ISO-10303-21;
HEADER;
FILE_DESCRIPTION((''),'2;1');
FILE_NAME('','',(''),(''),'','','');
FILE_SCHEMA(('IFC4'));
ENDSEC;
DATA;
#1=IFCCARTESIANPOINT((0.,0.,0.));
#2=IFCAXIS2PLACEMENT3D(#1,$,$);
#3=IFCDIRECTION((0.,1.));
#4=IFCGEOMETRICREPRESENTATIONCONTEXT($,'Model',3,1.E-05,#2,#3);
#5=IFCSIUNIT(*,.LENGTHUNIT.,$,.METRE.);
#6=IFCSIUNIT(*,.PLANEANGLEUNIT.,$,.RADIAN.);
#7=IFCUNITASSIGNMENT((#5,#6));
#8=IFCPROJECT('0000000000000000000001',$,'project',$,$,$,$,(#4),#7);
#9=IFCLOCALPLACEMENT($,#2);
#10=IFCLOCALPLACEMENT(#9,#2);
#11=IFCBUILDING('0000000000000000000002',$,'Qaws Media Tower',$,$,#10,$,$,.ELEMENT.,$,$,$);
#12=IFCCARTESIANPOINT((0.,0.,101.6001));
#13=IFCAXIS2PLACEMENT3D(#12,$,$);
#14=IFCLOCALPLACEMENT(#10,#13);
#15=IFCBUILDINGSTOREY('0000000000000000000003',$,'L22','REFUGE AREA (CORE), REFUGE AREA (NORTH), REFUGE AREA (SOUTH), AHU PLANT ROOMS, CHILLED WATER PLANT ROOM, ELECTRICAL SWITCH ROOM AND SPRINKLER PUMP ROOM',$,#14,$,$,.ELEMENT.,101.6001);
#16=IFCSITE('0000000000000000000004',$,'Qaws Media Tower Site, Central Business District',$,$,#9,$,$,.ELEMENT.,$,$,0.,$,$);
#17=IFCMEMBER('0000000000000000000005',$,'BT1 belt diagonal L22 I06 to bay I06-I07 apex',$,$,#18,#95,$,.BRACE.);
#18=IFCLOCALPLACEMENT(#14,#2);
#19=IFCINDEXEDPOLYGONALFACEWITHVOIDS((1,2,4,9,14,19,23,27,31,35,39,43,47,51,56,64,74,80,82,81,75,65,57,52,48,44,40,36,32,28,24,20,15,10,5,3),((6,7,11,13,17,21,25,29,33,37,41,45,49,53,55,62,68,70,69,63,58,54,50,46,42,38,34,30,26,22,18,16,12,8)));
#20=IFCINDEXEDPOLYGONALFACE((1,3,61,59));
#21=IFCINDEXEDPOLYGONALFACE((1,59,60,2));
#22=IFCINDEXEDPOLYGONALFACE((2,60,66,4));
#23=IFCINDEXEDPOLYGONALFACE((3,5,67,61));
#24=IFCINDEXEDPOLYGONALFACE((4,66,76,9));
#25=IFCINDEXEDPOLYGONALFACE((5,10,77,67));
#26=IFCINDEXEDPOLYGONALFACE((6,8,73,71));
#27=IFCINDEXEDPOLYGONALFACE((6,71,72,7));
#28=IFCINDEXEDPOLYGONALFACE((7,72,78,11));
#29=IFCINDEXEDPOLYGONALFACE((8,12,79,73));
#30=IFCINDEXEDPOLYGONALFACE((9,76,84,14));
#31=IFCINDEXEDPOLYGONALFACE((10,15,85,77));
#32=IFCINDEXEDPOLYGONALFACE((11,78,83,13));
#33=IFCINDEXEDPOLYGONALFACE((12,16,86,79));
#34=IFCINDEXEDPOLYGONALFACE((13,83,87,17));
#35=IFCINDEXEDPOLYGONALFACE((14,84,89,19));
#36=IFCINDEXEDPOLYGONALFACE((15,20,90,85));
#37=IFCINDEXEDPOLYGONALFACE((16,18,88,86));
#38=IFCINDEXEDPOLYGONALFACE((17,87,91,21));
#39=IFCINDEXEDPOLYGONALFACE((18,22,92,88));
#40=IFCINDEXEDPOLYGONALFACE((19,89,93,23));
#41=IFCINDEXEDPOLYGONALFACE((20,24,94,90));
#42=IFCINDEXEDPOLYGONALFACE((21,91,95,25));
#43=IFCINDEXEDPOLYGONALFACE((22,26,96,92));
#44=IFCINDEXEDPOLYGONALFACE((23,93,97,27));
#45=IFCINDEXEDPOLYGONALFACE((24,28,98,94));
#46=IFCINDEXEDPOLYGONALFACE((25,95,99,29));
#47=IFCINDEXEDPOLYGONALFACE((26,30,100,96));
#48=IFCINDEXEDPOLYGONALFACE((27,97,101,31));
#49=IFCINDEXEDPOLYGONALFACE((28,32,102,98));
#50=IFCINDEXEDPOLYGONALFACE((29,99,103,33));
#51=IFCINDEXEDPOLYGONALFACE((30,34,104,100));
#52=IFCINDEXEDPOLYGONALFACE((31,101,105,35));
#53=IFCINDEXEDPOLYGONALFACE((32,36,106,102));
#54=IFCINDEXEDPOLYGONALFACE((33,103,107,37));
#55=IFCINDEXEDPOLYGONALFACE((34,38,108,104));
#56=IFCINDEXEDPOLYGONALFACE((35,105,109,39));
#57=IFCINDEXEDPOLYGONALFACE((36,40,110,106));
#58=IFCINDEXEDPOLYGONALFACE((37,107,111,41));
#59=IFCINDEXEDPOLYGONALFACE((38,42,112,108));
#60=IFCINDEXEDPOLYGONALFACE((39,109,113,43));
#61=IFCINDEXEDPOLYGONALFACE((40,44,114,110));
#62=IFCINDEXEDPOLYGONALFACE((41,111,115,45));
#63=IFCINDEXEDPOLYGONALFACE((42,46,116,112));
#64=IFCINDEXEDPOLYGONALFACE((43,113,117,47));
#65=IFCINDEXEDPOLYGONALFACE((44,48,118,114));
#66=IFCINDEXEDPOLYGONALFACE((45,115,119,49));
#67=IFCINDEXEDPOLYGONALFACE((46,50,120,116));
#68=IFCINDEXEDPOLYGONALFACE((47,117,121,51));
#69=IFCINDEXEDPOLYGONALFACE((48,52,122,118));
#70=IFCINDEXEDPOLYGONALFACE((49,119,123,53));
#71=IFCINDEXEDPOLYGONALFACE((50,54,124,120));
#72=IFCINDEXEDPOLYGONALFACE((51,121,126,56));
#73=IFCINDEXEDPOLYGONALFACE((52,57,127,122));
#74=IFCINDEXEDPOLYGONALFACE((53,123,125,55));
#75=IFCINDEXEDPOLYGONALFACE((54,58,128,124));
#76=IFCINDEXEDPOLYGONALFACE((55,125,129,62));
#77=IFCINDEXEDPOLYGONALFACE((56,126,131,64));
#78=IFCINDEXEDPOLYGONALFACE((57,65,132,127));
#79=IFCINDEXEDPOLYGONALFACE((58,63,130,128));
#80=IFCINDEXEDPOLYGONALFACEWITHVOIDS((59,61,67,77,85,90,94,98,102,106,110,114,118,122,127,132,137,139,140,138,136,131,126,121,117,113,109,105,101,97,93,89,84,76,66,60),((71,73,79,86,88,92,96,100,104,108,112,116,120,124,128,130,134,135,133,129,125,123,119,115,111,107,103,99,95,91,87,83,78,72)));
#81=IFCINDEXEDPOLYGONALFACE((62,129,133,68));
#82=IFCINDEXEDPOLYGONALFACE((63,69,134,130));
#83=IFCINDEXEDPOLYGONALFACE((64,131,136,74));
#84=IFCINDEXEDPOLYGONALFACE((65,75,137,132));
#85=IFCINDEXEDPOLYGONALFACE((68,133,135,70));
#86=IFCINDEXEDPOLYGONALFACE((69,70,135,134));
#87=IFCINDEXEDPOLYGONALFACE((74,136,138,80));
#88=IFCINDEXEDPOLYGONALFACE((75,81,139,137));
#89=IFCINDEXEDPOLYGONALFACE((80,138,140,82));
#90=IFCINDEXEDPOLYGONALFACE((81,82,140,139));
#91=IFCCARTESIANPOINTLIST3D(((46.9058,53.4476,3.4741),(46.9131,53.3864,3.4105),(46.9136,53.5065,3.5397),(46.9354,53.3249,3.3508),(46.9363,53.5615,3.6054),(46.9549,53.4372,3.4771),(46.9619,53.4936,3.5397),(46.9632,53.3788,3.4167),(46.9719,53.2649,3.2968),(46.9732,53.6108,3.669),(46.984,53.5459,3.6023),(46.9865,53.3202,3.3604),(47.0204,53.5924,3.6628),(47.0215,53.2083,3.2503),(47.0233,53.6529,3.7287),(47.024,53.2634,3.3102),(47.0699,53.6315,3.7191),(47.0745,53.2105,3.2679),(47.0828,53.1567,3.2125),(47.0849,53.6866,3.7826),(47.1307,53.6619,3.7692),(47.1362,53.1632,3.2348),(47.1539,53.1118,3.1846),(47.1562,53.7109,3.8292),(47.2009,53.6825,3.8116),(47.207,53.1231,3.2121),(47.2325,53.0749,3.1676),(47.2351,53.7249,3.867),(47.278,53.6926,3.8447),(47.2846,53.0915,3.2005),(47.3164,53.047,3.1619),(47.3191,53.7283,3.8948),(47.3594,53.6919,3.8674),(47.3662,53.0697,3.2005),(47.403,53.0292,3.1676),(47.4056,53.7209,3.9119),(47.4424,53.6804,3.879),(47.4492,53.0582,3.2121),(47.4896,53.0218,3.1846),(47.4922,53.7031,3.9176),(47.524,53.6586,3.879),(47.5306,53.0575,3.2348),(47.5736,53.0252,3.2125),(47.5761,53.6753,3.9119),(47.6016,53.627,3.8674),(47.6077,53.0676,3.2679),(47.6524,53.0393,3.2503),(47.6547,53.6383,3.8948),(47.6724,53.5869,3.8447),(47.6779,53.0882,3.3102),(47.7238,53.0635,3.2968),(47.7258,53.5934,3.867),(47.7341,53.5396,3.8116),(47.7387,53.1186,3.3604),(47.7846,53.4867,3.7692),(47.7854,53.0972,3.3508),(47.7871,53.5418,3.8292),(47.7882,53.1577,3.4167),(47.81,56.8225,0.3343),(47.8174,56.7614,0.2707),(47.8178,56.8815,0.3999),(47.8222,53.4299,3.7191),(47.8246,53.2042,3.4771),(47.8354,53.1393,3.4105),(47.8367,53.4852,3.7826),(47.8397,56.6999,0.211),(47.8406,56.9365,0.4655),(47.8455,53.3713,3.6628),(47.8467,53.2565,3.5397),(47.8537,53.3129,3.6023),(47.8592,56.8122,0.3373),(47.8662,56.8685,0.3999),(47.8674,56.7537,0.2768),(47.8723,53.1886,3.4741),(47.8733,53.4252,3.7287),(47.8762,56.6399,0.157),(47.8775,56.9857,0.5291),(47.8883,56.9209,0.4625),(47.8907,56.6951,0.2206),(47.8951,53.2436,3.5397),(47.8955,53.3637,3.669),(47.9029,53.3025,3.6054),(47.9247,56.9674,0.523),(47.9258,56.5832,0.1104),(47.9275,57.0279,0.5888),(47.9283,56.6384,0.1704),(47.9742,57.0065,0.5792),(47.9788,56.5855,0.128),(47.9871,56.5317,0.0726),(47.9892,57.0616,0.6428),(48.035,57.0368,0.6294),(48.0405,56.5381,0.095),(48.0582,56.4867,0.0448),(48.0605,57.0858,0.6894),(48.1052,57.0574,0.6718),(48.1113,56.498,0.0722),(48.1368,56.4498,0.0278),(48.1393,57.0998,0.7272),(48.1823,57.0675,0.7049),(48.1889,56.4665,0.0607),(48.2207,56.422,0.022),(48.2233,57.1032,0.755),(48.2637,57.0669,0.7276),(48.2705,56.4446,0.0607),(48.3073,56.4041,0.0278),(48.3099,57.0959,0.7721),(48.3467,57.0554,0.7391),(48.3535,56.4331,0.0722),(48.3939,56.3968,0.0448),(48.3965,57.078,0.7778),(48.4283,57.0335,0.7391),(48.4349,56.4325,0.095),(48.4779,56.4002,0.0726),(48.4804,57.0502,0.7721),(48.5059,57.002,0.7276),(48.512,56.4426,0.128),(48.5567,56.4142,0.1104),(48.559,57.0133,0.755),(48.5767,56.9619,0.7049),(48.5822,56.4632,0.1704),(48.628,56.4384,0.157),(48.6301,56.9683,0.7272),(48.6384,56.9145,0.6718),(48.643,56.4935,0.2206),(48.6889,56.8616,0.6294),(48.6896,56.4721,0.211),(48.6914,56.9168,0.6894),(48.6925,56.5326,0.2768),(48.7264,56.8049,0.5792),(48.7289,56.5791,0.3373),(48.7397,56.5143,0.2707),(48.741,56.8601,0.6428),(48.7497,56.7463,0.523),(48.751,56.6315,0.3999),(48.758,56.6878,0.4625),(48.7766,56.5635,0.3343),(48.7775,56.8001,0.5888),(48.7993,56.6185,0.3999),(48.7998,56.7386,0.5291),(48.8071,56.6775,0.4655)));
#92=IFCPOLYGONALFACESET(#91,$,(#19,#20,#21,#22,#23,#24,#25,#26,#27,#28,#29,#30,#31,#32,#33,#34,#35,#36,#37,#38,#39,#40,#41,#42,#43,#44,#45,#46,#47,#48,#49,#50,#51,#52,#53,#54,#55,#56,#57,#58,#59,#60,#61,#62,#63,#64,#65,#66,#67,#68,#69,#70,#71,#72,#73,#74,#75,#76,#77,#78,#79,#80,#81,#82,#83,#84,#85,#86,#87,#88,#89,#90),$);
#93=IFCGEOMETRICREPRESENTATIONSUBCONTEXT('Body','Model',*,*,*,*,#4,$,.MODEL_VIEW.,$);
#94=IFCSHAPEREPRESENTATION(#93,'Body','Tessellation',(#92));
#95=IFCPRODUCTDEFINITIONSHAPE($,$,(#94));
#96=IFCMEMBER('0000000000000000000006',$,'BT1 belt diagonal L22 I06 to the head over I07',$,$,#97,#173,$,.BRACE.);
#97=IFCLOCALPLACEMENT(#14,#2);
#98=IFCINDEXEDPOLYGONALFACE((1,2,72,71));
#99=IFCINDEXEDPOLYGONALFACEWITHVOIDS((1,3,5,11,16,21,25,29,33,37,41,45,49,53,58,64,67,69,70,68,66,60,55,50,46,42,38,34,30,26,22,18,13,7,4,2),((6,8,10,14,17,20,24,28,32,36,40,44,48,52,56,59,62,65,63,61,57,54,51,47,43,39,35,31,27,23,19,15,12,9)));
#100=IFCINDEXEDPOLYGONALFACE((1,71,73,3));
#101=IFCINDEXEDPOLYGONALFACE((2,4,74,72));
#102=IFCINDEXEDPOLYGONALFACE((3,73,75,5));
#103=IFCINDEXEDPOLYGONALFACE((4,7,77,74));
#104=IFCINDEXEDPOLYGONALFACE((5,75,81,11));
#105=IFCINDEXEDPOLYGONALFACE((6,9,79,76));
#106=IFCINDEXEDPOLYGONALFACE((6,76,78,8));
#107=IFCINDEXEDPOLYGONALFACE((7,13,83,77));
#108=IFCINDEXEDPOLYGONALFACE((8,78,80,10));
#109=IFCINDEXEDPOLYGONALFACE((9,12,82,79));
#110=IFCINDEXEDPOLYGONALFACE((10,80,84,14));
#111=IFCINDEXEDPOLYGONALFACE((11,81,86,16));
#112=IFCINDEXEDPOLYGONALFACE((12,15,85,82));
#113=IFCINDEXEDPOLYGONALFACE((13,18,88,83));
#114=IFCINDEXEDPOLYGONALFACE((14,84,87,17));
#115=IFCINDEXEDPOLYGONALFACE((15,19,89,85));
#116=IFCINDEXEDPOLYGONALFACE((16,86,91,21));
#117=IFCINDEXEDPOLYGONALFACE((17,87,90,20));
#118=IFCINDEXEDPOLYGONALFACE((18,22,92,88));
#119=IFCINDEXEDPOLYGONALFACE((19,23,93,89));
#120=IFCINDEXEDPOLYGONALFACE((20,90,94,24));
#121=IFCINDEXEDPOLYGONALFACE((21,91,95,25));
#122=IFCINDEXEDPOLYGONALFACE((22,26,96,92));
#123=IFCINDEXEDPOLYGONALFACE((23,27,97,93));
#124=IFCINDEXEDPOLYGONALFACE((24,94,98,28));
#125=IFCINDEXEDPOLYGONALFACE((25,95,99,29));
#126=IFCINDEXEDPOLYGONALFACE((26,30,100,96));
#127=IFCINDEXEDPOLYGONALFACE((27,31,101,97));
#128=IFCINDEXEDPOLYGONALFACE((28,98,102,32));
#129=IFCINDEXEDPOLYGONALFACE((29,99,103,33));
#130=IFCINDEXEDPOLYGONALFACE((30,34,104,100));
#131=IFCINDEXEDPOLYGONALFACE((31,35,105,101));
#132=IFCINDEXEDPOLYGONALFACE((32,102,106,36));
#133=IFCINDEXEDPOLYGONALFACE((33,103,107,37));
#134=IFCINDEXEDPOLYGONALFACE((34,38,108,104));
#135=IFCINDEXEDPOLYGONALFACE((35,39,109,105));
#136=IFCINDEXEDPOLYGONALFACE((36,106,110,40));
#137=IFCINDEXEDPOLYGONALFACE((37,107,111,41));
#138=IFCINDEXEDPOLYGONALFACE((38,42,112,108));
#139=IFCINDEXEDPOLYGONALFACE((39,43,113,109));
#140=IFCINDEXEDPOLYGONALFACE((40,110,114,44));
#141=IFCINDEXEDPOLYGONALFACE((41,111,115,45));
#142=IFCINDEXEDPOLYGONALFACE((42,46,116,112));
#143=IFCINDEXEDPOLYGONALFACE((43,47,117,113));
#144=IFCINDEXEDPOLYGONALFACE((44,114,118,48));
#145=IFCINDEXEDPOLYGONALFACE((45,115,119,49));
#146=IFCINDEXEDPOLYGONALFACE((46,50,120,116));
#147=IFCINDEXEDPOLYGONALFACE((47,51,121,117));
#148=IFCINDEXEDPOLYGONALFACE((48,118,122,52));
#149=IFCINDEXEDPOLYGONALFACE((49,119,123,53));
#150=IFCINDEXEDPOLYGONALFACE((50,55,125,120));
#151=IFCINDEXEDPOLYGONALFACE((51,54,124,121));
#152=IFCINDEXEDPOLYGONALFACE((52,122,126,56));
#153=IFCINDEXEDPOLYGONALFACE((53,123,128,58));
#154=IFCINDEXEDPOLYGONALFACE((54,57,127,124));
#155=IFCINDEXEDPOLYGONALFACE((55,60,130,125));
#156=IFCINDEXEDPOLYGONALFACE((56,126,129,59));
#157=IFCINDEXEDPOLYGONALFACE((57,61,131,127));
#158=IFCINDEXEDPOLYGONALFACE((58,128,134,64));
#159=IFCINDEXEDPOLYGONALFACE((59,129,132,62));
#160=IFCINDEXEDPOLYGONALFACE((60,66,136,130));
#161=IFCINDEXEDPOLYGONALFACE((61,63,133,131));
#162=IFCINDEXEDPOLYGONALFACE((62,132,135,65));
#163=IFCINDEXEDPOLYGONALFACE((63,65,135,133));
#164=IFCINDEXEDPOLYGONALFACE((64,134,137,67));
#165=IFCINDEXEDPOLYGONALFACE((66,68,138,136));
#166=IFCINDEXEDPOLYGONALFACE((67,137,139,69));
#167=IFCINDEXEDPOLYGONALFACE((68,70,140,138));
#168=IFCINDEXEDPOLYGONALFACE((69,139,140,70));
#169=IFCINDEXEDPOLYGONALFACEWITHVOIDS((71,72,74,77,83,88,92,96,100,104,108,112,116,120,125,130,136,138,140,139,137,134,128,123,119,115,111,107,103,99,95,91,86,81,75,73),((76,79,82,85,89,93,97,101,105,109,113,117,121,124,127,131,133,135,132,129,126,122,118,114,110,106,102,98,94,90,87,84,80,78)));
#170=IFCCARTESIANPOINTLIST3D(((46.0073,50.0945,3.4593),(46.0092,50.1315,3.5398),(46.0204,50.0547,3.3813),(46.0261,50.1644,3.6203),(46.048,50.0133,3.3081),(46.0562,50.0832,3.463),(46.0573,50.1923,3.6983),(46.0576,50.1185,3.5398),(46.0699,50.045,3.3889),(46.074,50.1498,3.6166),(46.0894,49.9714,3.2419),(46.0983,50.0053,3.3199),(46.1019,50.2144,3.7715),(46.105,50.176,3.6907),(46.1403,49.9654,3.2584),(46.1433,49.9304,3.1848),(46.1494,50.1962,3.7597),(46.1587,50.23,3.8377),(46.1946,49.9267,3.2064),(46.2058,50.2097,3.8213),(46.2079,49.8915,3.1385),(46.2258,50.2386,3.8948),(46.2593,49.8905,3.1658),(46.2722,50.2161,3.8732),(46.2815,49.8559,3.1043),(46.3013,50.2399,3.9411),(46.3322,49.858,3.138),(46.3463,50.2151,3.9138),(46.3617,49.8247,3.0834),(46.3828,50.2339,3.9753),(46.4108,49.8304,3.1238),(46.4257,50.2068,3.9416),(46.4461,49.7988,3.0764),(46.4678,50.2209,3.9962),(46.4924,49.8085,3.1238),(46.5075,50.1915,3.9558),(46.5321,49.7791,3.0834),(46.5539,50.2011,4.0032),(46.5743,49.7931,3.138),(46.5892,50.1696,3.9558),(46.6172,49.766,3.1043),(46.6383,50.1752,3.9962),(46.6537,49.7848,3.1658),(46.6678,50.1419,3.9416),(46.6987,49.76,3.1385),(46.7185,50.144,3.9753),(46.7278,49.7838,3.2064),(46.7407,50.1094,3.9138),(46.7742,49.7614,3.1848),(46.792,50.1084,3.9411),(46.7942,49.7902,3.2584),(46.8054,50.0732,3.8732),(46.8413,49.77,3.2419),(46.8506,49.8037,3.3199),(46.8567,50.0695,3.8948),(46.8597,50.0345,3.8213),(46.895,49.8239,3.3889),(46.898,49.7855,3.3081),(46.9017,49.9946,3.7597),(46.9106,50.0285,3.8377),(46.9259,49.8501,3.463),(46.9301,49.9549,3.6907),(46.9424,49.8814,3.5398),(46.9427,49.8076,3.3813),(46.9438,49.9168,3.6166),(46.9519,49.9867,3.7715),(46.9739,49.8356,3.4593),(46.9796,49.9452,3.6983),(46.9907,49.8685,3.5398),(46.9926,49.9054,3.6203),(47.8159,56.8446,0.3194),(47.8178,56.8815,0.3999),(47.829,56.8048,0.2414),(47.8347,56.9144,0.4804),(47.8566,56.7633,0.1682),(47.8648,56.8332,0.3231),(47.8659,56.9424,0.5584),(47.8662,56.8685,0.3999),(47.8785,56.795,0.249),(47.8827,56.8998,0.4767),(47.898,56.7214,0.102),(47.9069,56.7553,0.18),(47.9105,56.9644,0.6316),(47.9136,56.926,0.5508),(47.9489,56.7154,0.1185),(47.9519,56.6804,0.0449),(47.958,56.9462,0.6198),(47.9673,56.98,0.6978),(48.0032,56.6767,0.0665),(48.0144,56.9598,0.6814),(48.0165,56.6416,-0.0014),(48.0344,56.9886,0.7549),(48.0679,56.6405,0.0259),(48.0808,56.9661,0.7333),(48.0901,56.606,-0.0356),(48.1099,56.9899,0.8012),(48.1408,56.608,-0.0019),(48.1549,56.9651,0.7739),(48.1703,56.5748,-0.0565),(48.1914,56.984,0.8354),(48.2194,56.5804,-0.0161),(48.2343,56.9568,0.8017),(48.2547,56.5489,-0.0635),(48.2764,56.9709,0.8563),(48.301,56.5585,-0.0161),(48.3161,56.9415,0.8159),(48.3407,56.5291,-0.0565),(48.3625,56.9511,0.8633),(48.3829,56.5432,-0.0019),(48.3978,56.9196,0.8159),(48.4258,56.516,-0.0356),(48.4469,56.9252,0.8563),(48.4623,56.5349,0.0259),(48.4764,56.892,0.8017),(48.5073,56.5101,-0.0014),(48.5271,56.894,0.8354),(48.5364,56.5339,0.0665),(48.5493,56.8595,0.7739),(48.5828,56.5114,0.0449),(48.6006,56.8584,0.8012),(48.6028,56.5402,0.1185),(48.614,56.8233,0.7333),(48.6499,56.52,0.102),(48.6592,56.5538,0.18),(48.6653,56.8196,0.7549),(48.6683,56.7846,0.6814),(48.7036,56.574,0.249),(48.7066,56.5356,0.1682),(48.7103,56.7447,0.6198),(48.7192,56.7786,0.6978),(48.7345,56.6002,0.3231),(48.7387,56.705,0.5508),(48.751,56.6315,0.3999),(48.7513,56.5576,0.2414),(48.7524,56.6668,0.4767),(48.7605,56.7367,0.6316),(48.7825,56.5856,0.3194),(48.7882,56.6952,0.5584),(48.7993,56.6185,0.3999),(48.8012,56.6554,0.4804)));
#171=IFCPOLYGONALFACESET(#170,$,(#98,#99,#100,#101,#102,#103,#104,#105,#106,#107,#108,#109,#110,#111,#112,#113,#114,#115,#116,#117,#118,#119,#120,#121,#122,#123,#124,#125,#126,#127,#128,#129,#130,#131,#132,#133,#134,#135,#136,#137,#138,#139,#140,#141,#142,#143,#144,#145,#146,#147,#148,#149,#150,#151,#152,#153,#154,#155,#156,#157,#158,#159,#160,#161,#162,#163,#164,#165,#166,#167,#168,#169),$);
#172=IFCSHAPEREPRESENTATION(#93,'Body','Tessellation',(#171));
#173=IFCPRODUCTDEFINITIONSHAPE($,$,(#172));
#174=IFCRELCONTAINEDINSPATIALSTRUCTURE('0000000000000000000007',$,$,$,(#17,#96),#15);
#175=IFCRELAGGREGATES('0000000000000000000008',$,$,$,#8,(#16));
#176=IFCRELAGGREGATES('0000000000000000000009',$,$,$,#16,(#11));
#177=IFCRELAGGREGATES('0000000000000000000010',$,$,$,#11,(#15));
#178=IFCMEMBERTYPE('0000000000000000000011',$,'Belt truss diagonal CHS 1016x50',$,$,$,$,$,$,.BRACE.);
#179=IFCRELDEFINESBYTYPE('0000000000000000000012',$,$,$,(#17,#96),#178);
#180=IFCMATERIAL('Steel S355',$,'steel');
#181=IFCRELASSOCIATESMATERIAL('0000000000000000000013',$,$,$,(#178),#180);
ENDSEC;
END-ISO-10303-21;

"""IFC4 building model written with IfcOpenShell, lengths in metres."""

from ifc_helpers import new_model, si_unit, direction, frame, origin, origin_2d, place, context, subcontext, project, spatial, hollow_circle, extrude, material, material_profile, profile_set, type_object, element, save


model = new_model("IFC4")

# Units and contexts
model_context = context("Model", 3, precision=1e-05, world=origin(), true_north=direction((0.0, 1.0)))
body_context = subcontext(model_context, "Body", "Model", "MODEL_VIEW")
ifc_project = project(units=[si_unit("LENGTHUNIT", "METRE"), si_unit("PLANEANGLEUNIT", "RADIAN")], contexts=[model_context])

# Site, building, storey
site_placement = place(None, origin())
site = spatial("IfcSite", under=ifc_project, at=site_placement, Name="Qaws Media Tower Site, Central Business District", CompositionType="ELEMENT", RefElevation=0.0)
building_placement = place(site_placement, origin())
building = spatial("IfcBuilding", under=site, at=building_placement, Name="Qaws Media Tower", CompositionType="ELEMENT")
storey_placement = place(building_placement, frame((0.0, 0.0, 101.6001)))
storey = spatial("IfcBuildingStorey", under=building, at=storey_placement, Name="L22", Description="REFUGE AREA (CORE), REFUGE AREA (NORTH), REFUGE AREA (SOUTH), AHU PLANT ROOMS, CHILLED WATER PLANT ROOM, ELECTRICAL SWITCH ROOM AND SPRINKLER PUMP ROOM", CompositionType="ELEMENT", Elevation=101.6001)

# Members
ifc_material_1 = material(Name="Steel S355", Category="steel")
ifc_material_profile_1 = material_profile(ifc_material_1, hollow_circle(Radius=0.5081, WallThickness=0.05, at=origin_2d()), Name="CHS 1016x50")
ifc_profile_set_1 = profile_set([ifc_material_profile_1], Name="Steel S355")
member_type_1 = type_object("IfcMemberType", Name="Belt truss diagonal CHS 1016x50", PredefinedType="BRACE", material=ifc_profile_set_1)
for number, where, z_axis, x_axis, name in (
    (1, (48.3086, 56.75, 0.3999), (-0.192503, -0.718454, 0.668406), (0.965928, -0.258811, 0.0), "BT1 belt diagonal L22 I06 to bay I06-I07 apex"),
):
    element("IfcMember", number, at=place(storey_placement, frame(where, z_axis=z_axis, x_axis=x_axis)), inside=storey, type_object=member_type_1, Name=name, PredefinedType="BRACE", context=body_context, shape_type="SweptSolid", body=[
        extrude(hollow_circle(Radius=0.5081, WallThickness=0.05, at=origin_2d()), origin(), (0.0, 0.0, 1.0), 4.6975),
    ])
member_1_placement = place(storey_placement, frame((48.3086, 56.75, 0.3999), z_axis=(-0.236075, -0.881075, 0.409849), x_axis=(0.965928, -0.258811, 0.0)))
element("IfcMember", 2, at=member_1_placement, inside=storey, type_object=member_type_1, Name="BT1 belt diagonal L22 I06 to the head over I07", PredefinedType="BRACE", context=body_context, shape_type="SweptSolid", body=[
    extrude(hollow_circle(Radius=0.5081, WallThickness=0.05, at=origin_2d()), origin(), (0.0, 0.0, 1.0), 7.6611),
])

save(model, "model.ifc")
